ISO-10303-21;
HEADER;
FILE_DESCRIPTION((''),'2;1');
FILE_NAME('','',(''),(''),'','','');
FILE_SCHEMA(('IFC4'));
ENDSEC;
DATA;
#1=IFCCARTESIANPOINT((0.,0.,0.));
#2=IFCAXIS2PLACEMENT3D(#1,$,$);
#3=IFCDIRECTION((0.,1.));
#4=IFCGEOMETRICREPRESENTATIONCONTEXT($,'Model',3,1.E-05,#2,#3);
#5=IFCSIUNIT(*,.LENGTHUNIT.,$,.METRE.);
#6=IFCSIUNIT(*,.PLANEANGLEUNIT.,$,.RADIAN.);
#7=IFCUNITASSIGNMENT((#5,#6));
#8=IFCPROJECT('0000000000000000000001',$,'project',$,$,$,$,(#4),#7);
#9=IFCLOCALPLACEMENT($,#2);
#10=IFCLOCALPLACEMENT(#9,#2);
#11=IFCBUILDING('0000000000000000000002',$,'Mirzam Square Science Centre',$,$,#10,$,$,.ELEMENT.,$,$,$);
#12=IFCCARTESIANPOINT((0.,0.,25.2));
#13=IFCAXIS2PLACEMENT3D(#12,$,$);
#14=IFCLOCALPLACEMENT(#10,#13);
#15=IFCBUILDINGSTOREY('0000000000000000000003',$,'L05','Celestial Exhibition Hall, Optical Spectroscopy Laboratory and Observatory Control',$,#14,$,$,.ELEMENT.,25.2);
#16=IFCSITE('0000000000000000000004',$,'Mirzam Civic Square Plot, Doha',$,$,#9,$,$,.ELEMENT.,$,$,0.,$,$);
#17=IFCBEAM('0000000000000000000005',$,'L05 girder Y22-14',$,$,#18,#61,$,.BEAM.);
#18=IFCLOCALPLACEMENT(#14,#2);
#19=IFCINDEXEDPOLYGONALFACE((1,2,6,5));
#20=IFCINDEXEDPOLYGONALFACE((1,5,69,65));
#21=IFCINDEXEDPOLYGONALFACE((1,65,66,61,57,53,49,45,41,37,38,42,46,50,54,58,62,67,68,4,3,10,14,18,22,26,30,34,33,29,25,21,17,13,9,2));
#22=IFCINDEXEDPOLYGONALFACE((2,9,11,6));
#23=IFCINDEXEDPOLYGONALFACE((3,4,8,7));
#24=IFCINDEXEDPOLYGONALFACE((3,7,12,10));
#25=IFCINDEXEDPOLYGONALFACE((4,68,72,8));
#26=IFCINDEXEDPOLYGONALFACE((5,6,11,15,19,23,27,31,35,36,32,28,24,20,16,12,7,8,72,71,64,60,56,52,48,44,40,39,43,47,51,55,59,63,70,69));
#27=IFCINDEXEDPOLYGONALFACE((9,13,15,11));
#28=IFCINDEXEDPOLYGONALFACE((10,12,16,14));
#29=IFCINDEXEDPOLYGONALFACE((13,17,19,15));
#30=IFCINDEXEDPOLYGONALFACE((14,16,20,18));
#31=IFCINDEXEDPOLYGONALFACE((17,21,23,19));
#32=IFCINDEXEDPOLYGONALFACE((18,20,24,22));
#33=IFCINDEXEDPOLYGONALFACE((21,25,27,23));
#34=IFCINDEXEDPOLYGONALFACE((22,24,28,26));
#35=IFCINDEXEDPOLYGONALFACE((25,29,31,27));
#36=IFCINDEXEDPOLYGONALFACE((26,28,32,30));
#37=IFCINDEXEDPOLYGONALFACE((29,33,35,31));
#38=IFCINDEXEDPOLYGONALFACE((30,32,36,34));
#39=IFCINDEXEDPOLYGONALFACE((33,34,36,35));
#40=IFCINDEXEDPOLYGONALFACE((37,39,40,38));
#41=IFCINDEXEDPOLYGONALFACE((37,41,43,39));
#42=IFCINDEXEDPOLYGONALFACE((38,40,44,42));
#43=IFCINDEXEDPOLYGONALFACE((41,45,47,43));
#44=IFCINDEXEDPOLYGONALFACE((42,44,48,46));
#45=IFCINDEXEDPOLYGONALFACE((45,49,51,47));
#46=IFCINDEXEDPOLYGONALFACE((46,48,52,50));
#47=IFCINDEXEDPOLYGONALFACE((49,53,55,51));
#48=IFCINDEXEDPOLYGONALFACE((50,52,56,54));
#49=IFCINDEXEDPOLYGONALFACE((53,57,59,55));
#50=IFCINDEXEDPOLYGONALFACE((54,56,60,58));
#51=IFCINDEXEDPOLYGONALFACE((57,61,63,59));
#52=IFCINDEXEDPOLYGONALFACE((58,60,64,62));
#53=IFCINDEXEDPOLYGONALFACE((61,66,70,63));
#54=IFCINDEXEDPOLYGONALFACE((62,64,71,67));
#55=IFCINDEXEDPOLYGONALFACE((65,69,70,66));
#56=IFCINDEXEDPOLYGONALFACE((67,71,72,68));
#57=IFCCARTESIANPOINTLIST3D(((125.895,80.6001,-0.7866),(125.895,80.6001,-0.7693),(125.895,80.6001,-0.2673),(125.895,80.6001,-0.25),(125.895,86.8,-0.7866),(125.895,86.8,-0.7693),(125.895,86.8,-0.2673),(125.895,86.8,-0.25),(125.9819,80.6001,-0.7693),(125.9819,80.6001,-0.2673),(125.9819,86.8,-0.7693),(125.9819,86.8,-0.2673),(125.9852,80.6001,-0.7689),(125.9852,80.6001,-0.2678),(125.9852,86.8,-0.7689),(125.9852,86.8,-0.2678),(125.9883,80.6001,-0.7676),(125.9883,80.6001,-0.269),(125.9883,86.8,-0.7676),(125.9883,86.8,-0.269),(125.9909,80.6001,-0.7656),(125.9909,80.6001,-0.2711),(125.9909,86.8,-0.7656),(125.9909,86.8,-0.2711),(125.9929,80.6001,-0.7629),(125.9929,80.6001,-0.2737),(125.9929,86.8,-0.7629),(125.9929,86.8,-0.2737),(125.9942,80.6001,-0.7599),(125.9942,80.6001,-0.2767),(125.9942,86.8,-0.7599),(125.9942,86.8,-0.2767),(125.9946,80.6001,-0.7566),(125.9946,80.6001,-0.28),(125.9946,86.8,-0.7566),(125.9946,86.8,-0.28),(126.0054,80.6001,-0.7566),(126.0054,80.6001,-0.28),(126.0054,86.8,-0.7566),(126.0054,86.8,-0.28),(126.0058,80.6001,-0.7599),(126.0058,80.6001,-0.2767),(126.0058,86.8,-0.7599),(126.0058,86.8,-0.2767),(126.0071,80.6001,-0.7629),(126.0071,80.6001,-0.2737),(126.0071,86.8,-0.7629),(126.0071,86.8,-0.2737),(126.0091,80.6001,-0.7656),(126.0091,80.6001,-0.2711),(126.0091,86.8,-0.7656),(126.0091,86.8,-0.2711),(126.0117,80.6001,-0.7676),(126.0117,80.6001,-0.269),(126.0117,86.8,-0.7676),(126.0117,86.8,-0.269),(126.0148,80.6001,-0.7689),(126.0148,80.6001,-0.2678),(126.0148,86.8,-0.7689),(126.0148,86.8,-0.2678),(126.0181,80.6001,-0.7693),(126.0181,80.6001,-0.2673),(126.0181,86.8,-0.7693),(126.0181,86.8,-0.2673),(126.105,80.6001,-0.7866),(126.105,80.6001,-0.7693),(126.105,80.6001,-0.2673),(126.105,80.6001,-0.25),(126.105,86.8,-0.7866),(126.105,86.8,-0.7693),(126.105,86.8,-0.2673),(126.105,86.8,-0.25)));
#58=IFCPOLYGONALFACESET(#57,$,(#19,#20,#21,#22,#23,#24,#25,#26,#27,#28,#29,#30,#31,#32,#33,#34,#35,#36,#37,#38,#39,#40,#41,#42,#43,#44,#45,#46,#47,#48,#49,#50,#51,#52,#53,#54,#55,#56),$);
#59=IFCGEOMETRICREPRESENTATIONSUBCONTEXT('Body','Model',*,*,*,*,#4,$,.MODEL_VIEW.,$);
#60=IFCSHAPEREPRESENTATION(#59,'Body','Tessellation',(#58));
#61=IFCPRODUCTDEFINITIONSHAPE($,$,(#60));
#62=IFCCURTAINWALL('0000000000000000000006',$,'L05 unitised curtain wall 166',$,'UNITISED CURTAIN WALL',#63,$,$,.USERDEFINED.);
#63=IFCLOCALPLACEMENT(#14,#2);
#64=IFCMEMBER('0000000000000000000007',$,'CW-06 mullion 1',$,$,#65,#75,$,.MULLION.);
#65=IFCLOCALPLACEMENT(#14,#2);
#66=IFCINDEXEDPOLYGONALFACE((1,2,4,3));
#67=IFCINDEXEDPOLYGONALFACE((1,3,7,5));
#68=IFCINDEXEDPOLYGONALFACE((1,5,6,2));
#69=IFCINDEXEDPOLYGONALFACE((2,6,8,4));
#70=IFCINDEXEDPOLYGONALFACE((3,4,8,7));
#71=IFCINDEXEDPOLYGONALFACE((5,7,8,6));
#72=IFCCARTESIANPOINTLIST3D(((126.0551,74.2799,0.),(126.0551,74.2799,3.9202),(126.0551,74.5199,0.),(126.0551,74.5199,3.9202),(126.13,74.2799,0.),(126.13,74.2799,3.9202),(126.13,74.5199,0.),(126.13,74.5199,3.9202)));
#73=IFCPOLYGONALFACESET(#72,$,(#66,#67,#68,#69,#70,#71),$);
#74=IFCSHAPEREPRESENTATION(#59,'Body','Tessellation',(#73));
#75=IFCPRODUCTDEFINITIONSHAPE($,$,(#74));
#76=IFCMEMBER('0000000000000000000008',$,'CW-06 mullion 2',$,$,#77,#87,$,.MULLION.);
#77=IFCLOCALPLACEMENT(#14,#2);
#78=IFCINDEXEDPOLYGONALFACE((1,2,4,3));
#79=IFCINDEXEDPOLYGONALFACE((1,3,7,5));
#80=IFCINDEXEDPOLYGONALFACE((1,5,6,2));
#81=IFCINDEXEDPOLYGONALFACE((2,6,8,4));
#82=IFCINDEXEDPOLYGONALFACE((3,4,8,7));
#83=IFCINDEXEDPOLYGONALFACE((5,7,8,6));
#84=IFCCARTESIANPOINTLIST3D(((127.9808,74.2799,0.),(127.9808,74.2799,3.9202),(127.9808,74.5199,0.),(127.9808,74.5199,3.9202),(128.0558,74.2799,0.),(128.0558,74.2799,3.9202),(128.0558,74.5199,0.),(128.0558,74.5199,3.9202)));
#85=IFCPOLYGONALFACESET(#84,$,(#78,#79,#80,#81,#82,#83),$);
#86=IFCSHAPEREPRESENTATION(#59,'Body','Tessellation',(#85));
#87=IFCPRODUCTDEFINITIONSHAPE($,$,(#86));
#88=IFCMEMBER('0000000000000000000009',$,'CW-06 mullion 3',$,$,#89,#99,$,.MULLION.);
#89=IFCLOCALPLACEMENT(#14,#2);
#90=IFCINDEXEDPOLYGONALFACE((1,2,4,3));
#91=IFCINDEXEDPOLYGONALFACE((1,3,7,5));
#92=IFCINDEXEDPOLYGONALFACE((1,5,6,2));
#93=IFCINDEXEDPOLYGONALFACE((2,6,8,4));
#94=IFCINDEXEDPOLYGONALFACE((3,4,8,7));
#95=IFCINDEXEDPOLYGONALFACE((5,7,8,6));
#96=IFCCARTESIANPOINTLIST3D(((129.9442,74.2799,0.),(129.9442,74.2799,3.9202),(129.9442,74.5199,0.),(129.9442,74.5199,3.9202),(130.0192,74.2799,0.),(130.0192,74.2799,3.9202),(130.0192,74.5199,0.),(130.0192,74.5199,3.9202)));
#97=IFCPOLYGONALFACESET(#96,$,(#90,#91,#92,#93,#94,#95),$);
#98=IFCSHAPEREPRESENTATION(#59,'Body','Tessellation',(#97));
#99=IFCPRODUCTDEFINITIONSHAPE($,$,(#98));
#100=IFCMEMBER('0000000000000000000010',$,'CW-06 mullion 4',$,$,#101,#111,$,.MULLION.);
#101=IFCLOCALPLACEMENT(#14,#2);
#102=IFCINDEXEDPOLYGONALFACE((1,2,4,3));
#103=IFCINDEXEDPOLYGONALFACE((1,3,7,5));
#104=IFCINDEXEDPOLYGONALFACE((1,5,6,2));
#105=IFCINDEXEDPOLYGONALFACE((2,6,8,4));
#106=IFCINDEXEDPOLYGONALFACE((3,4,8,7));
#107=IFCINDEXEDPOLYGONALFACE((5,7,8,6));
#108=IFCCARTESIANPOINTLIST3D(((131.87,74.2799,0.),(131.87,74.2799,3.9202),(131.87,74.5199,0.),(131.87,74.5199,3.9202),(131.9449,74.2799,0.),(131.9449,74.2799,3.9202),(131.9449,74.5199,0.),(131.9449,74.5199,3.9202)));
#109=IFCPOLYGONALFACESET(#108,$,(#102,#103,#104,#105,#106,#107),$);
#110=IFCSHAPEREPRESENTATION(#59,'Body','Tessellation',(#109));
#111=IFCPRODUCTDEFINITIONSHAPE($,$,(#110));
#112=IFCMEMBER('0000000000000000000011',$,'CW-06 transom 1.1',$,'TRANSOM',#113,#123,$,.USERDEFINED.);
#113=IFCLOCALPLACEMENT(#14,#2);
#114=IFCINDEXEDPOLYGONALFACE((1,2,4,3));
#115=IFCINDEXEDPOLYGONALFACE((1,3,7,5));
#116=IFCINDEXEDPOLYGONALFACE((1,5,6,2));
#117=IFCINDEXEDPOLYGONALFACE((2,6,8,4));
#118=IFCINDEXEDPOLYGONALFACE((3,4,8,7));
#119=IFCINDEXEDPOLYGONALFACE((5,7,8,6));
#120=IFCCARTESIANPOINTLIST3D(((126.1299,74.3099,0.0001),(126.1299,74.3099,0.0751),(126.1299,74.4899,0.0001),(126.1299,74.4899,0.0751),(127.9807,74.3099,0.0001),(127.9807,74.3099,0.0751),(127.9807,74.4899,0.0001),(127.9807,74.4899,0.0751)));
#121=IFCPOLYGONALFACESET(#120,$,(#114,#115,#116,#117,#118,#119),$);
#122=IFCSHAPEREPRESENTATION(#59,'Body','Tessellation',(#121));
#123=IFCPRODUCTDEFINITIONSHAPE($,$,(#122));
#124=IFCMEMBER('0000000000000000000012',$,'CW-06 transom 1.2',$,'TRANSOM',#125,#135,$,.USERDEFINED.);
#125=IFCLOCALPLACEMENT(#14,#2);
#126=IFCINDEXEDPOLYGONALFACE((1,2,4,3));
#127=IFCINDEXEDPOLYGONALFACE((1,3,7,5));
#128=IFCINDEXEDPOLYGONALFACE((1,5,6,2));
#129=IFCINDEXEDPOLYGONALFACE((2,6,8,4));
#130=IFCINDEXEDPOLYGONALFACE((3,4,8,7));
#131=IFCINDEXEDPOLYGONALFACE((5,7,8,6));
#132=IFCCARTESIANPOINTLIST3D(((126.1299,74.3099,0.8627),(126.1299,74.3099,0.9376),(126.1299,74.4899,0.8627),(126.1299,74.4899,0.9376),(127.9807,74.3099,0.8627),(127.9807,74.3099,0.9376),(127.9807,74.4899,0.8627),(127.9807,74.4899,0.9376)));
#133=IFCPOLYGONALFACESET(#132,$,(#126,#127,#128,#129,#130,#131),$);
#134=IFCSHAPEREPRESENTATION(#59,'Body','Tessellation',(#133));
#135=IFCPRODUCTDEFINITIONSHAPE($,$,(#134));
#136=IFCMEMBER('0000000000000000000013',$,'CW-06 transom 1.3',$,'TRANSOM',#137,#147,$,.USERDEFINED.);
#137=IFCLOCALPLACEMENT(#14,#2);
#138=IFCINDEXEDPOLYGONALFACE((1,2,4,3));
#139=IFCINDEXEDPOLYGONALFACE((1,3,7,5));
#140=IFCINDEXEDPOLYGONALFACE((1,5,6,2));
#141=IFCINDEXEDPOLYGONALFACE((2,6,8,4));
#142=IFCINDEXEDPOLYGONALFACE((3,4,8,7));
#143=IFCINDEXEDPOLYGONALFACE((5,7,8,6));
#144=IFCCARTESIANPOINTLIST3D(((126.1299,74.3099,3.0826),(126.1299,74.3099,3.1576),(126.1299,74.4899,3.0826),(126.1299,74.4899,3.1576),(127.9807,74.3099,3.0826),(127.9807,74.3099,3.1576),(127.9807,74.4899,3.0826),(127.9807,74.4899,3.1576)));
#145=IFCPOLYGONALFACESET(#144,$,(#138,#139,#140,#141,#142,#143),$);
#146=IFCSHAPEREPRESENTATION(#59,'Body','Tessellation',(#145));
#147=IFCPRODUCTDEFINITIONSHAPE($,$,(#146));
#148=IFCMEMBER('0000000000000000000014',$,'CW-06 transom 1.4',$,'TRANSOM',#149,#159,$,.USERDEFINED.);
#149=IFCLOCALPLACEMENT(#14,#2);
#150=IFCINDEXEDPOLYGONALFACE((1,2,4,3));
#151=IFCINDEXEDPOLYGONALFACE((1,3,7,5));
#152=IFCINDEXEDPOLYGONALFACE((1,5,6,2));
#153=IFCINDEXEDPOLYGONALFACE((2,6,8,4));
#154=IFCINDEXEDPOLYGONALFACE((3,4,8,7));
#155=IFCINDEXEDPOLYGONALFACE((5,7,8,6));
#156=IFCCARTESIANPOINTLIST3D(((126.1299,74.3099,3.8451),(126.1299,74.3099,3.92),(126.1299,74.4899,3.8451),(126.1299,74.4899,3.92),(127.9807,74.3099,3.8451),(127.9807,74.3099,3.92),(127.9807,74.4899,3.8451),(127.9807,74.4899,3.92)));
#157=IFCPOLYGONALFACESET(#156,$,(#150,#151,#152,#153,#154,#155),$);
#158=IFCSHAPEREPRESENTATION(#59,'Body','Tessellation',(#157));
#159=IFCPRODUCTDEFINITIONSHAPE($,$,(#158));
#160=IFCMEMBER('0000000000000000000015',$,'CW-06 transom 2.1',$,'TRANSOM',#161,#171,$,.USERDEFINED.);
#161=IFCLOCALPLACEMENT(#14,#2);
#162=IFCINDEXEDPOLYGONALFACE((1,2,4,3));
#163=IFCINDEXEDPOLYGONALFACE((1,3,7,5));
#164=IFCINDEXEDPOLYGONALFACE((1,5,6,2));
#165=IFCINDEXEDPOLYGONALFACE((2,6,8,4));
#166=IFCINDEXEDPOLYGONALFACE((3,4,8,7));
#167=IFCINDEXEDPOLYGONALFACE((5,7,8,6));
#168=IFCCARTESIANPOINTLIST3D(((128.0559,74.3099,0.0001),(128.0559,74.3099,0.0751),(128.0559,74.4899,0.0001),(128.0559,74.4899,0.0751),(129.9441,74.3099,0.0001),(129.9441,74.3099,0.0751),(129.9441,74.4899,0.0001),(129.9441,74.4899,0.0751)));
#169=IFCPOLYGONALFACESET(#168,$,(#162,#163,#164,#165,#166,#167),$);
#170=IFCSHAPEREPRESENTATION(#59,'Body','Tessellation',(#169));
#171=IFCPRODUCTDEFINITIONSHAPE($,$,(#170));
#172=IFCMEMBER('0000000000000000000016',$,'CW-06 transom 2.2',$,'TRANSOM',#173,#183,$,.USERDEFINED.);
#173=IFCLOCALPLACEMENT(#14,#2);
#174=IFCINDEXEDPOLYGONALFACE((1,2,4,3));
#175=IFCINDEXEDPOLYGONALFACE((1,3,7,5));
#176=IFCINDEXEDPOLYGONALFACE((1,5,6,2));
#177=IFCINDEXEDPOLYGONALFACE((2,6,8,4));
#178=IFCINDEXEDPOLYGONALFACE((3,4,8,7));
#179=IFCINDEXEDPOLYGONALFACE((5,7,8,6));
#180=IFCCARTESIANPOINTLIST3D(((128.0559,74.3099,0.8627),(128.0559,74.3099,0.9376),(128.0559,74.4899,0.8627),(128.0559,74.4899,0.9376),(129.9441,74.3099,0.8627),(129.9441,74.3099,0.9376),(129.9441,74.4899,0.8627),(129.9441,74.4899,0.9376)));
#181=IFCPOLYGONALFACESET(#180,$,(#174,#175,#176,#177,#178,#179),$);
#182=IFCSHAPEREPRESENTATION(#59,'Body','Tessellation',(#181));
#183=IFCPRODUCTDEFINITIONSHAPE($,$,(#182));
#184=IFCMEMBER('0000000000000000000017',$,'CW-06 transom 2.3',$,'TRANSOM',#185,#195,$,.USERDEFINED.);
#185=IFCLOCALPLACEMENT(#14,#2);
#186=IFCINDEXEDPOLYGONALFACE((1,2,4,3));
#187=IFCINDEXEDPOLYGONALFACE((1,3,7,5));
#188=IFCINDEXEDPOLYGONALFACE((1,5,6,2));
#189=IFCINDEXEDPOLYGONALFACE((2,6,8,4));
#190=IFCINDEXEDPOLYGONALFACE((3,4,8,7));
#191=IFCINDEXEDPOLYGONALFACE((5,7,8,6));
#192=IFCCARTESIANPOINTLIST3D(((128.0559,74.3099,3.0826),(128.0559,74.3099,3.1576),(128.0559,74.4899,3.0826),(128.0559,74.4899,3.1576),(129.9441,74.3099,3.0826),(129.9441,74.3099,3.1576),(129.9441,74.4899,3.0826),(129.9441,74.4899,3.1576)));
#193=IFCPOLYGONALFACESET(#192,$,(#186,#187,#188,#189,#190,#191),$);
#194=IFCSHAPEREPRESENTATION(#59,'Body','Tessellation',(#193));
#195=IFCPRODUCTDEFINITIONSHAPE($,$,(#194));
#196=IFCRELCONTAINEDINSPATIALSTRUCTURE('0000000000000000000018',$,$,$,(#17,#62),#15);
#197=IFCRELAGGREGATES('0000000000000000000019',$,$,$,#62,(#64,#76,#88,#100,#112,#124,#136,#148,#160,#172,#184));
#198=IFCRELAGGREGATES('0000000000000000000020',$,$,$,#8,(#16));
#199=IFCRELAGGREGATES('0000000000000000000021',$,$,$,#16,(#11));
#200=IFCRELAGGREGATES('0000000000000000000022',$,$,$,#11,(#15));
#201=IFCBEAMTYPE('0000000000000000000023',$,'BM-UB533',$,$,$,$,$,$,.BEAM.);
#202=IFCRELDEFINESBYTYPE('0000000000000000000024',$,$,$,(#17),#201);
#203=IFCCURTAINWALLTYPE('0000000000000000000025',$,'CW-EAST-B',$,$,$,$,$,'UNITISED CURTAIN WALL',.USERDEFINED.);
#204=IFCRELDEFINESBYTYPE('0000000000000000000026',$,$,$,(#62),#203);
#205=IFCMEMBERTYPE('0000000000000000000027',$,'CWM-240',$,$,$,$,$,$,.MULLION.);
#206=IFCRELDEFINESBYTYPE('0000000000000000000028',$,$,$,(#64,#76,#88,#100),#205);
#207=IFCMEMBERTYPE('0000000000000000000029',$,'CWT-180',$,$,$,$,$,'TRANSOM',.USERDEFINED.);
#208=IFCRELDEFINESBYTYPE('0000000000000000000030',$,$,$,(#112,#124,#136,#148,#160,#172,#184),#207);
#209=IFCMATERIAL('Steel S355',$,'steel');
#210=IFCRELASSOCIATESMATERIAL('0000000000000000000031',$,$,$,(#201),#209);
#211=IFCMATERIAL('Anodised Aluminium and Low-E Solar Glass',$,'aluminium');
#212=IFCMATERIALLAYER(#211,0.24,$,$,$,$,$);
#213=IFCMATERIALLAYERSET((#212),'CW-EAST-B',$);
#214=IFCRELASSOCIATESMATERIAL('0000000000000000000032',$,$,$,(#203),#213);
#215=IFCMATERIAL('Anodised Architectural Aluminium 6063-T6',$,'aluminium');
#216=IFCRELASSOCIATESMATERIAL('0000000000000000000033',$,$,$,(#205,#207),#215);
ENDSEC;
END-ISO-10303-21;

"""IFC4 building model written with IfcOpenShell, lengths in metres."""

from ifc_helpers import new_model, si_unit, direction, frame, origin, origin_2d, place, context, subcontext, project, spatial, rectangle, i_section, extrude, material, layer, layer_set, material_profile, profile_set, type_object, element, aggregate, save


model = new_model("IFC4")

# Units and contexts
model_context = context("Model", 3, precision=1e-05, world=origin(), true_north=direction((0.0, 1.0)))
body_context = subcontext(model_context, "Body", "Model", "MODEL_VIEW")
ifc_project = project(units=[si_unit("LENGTHUNIT", "METRE"), si_unit("PLANEANGLEUNIT", "RADIAN")], contexts=[model_context])

# Site, building, storey
site_placement = place(None, origin())
site = spatial("IfcSite", under=ifc_project, at=site_placement, Name="Mirzam Civic Square Plot, Doha", CompositionType="ELEMENT", RefElevation=0.0)
building_placement = place(site_placement, origin())
building = spatial("IfcBuilding", under=site, at=building_placement, Name="Mirzam Square Science Centre", CompositionType="ELEMENT")
storey_placement = place(building_placement, frame((0.0, 0.0, 25.2)))
storey = spatial("IfcBuildingStorey", under=building, at=storey_placement, Name="L05", Description="Celestial Exhibition Hall, Optical Spectroscopy Laboratory and Observatory Control", CompositionType="ELEMENT", Elevation=25.2)

# Shared definitions
ifc_material_1 = material(Name="Steel S355", Category="steel")

# Beam
ifc_material_profile_1 = material_profile(ifc_material_1, i_section(OverallWidth=0.21, OverallDepth=0.5366, WebThickness=0.0107, FlangeThickness=0.0173, FilletRadius=0.0127, at=origin_2d()), Name="533x210x101UB")
ifc_profile_set_1 = profile_set([ifc_material_profile_1], Name="Steel S355")
beam_type_1 = type_object("IfcBeamType", Name="BM-UB533", PredefinedType="BEAM", material=ifc_profile_set_1)
beam_1_placement = place(storey_placement, frame((126.0, 80.6001, -0.5183), z_axis=(0.0, 1.0, 0.0), x_axis=(-1.0, 0.0, 0.0)))
element("IfcBeam", 1, at=beam_1_placement, inside=storey, type_object=beam_type_1, Name="L05 girder Y22-14", PredefinedType="BEAM", context=body_context, shape_type="SweptSolid", body=[
    extrude(i_section(OverallWidth=0.21, OverallDepth=0.5366, WebThickness=0.0107, FlangeThickness=0.0173, FilletRadius=0.0127, at=origin_2d()), origin(), (0.0, 0.0, 1.0), 6.2),
])

# Curtain wall, members
ifc_material_2 = material(Name="Anodised Aluminium and Low-E Solar Glass", Category="aluminium")
ifc_layer_1 = layer(ifc_material_2, 0.24)
ifc_layer_set_1 = layer_set([ifc_layer_1], Name="CW-EAST-B")
curtain_wall_type = type_object("IfcCurtainWallType", Name="CW-EAST-B", ElementType="UNITISED CURTAIN WALL", PredefinedType="USERDEFINED", material=ifc_layer_set_1)
curtain_wall_placement = place(storey_placement, origin())
curtain_wall = element("IfcCurtainWall", 2, at=curtain_wall_placement, inside=storey, type_object=curtain_wall_type, Name="L05 unitised curtain wall 166", ObjectType="UNITISED CURTAIN WALL", PredefinedType="USERDEFINED")
ifc_material_3 = material(Name="Anodised Architectural Aluminium 6063-T6", Category="aluminium")
ifc_material_profile_2 = material_profile(ifc_material_3, rectangle(XDim=0.075, YDim=0.24, at=origin_2d()), Name="ALU-MULL-240x75x5")
ifc_profile_set_2 = profile_set([ifc_material_profile_2], Name="Anodised Architectural Aluminium 6063-T6")
member_type_1 = type_object("IfcMemberType", Name="CWM-240", PredefinedType="MULLION", material=ifc_profile_set_2)
member_1_placement = place(storey_placement, frame((126.0925, 74.3999, 0.0), z_axis=(0.0, 0.0, 1.0), x_axis=(1.0, 0.0, 0.0)))
member_1 = element("IfcMember", 3, at=member_1_placement, type_object=member_type_1, Name="CW-06 mullion 1", PredefinedType="MULLION", context=body_context, shape_type="SweptSolid", body=[
    extrude(rectangle(XDim=0.075, YDim=0.24, at=origin_2d()), origin(), (0.0, 0.0, 1.0), 3.9202),
])
member_2_placement = place(storey_placement, frame((128.0183, 74.3999, 0.0), z_axis=(0.0, 0.0, 1.0), x_axis=(1.0, 0.0, 0.0)))
member_2 = element("IfcMember", 4, at=member_2_placement, type_object=member_type_1, Name="CW-06 mullion 2", PredefinedType="MULLION", context=body_context, shape_type="SweptSolid", body=[
    extrude(rectangle(XDim=0.075, YDim=0.24, at=origin_2d()), origin(), (0.0, 0.0, 1.0), 3.9202),
])
member_3_placement = place(storey_placement, frame((129.9817, 74.3999, 0.0), z_axis=(0.0, 0.0, 1.0), x_axis=(1.0, 0.0, 0.0)))
member_3 = element("IfcMember", 5, at=member_3_placement, type_object=member_type_1, Name="CW-06 mullion 3", PredefinedType="MULLION", context=body_context, shape_type="SweptSolid", body=[
    extrude(rectangle(XDim=0.075, YDim=0.24, at=origin_2d()), origin(), (0.0, 0.0, 1.0), 3.9202),
])
member_4_placement = place(storey_placement, frame((131.9075, 74.3999, 0.0), z_axis=(0.0, 0.0, 1.0), x_axis=(1.0, 0.0, 0.0)))
member_4 = element("IfcMember", 6, at=member_4_placement, type_object=member_type_1, Name="CW-06 mullion 4", PredefinedType="MULLION", context=body_context, shape_type="SweptSolid", body=[
    extrude(rectangle(XDim=0.075, YDim=0.24, at=origin_2d()), origin(), (0.0, 0.0, 1.0), 3.9202),
])
ifc_material_profile_3 = material_profile(ifc_material_3, rectangle(XDim=0.1799, YDim=0.075, at=origin_2d()), Name="ALU-TRAN-180x75x5")
ifc_profile_set_3 = profile_set([ifc_material_profile_3], Name="Anodised Architectural Aluminium 6063-T6")
member_type_2 = type_object("IfcMemberType", Name="CWT-180", ElementType="TRANSOM", PredefinedType="USERDEFINED", material=ifc_profile_set_3)
member_5_placement = place(storey_placement, frame((126.1299, 74.3999, 0.0376), z_axis=(1.0, 0.0, 0.0), x_axis=(0.0, 1.0, 0.0)))
member_5 = element("IfcMember", 7, at=member_5_placement, type_object=member_type_2, Name="CW-06 transom 1.1", ObjectType="TRANSOM", PredefinedType="USERDEFINED", context=body_context, shape_type="SweptSolid", body=[
    extrude(rectangle(XDim=0.1799, YDim=0.075, at=origin_2d()), origin(), (0.0, 0.0, 1.0), 1.8508),
])
member_6_placement = place(storey_placement, frame((126.1299, 74.3999, 0.9001), z_axis=(1.0, 0.0, 0.0), x_axis=(0.0, 1.0, 0.0)))
member_6 = element("IfcMember", 8, at=member_6_placement, type_object=member_type_2, Name="CW-06 transom 1.2", ObjectType="TRANSOM", PredefinedType="USERDEFINED", context=body_context, shape_type="SweptSolid", body=[
    extrude(rectangle(XDim=0.1799, YDim=0.075, at=origin_2d()), origin(), (0.0, 0.0, 1.0), 1.8508),
])
member_7_placement = place(storey_placement, frame((126.1299, 74.3999, 3.1201), z_axis=(1.0, 0.0, 0.0), x_axis=(0.0, 1.0, 0.0)))
member_7 = element("IfcMember", 9, at=member_7_placement, type_object=member_type_2, Name="CW-06 transom 1.3", ObjectType="TRANSOM", PredefinedType="USERDEFINED", context=body_context, shape_type="SweptSolid", body=[
    extrude(rectangle(XDim=0.1799, YDim=0.075, at=origin_2d()), origin(), (0.0, 0.0, 1.0), 1.8508),
])
member_8_placement = place(storey_placement, frame((126.1299, 74.3999, 3.8826), z_axis=(1.0, 0.0, 0.0), x_axis=(0.0, 1.0, 0.0)))
member_8 = element("IfcMember", 10, at=member_8_placement, type_object=member_type_2, Name="CW-06 transom 1.4", ObjectType="TRANSOM", PredefinedType="USERDEFINED", context=body_context, shape_type="SweptSolid", body=[
    extrude(rectangle(XDim=0.1799, YDim=0.075, at=origin_2d()), origin(), (0.0, 0.0, 1.0), 1.8508),
])
member_9_placement = place(storey_placement, frame((128.0559, 74.3999, 0.0376), z_axis=(1.0, 0.0, 0.0), x_axis=(0.0, 1.0, 0.0)))
member_9 = element("IfcMember", 11, at=member_9_placement, type_object=member_type_2, Name="CW-06 transom 2.1", ObjectType="TRANSOM", PredefinedType="USERDEFINED", context=body_context, shape_type="SweptSolid", body=[
    extrude(rectangle(XDim=0.1799, YDim=0.075, at=origin_2d()), origin(), (0.0, 0.0, 1.0), 1.8882),
])
member_10_placement = place(storey_placement, frame((128.0559, 74.3999, 0.9001), z_axis=(1.0, 0.0, 0.0), x_axis=(0.0, 1.0, 0.0)))
member_10 = element("IfcMember", 12, at=member_10_placement, type_object=member_type_2, Name="CW-06 transom 2.2", ObjectType="TRANSOM", PredefinedType="USERDEFINED", context=body_context, shape_type="SweptSolid", body=[
    extrude(rectangle(XDim=0.1799, YDim=0.075, at=origin_2d()), origin(), (0.0, 0.0, 1.0), 1.8882),
])
member_11_placement = place(storey_placement, frame((128.0559, 74.3999, 3.1201), z_axis=(1.0, 0.0, 0.0), x_axis=(0.0, 1.0, 0.0)))
member_11 = element("IfcMember", 13, at=member_11_placement, type_object=member_type_2, Name="CW-06 transom 2.3", ObjectType="TRANSOM", PredefinedType="USERDEFINED", context=body_context, shape_type="SweptSolid", body=[
    extrude(rectangle(XDim=0.1799, YDim=0.075, at=origin_2d()), origin(), (0.0, 0.0, 1.0), 1.8882),
])

aggregate(curtain_wall, [member_1, member_2, member_3, member_4, member_5, member_6, member_7, member_8, member_9, member_10, member_11])

save(model, "model.ifc")
